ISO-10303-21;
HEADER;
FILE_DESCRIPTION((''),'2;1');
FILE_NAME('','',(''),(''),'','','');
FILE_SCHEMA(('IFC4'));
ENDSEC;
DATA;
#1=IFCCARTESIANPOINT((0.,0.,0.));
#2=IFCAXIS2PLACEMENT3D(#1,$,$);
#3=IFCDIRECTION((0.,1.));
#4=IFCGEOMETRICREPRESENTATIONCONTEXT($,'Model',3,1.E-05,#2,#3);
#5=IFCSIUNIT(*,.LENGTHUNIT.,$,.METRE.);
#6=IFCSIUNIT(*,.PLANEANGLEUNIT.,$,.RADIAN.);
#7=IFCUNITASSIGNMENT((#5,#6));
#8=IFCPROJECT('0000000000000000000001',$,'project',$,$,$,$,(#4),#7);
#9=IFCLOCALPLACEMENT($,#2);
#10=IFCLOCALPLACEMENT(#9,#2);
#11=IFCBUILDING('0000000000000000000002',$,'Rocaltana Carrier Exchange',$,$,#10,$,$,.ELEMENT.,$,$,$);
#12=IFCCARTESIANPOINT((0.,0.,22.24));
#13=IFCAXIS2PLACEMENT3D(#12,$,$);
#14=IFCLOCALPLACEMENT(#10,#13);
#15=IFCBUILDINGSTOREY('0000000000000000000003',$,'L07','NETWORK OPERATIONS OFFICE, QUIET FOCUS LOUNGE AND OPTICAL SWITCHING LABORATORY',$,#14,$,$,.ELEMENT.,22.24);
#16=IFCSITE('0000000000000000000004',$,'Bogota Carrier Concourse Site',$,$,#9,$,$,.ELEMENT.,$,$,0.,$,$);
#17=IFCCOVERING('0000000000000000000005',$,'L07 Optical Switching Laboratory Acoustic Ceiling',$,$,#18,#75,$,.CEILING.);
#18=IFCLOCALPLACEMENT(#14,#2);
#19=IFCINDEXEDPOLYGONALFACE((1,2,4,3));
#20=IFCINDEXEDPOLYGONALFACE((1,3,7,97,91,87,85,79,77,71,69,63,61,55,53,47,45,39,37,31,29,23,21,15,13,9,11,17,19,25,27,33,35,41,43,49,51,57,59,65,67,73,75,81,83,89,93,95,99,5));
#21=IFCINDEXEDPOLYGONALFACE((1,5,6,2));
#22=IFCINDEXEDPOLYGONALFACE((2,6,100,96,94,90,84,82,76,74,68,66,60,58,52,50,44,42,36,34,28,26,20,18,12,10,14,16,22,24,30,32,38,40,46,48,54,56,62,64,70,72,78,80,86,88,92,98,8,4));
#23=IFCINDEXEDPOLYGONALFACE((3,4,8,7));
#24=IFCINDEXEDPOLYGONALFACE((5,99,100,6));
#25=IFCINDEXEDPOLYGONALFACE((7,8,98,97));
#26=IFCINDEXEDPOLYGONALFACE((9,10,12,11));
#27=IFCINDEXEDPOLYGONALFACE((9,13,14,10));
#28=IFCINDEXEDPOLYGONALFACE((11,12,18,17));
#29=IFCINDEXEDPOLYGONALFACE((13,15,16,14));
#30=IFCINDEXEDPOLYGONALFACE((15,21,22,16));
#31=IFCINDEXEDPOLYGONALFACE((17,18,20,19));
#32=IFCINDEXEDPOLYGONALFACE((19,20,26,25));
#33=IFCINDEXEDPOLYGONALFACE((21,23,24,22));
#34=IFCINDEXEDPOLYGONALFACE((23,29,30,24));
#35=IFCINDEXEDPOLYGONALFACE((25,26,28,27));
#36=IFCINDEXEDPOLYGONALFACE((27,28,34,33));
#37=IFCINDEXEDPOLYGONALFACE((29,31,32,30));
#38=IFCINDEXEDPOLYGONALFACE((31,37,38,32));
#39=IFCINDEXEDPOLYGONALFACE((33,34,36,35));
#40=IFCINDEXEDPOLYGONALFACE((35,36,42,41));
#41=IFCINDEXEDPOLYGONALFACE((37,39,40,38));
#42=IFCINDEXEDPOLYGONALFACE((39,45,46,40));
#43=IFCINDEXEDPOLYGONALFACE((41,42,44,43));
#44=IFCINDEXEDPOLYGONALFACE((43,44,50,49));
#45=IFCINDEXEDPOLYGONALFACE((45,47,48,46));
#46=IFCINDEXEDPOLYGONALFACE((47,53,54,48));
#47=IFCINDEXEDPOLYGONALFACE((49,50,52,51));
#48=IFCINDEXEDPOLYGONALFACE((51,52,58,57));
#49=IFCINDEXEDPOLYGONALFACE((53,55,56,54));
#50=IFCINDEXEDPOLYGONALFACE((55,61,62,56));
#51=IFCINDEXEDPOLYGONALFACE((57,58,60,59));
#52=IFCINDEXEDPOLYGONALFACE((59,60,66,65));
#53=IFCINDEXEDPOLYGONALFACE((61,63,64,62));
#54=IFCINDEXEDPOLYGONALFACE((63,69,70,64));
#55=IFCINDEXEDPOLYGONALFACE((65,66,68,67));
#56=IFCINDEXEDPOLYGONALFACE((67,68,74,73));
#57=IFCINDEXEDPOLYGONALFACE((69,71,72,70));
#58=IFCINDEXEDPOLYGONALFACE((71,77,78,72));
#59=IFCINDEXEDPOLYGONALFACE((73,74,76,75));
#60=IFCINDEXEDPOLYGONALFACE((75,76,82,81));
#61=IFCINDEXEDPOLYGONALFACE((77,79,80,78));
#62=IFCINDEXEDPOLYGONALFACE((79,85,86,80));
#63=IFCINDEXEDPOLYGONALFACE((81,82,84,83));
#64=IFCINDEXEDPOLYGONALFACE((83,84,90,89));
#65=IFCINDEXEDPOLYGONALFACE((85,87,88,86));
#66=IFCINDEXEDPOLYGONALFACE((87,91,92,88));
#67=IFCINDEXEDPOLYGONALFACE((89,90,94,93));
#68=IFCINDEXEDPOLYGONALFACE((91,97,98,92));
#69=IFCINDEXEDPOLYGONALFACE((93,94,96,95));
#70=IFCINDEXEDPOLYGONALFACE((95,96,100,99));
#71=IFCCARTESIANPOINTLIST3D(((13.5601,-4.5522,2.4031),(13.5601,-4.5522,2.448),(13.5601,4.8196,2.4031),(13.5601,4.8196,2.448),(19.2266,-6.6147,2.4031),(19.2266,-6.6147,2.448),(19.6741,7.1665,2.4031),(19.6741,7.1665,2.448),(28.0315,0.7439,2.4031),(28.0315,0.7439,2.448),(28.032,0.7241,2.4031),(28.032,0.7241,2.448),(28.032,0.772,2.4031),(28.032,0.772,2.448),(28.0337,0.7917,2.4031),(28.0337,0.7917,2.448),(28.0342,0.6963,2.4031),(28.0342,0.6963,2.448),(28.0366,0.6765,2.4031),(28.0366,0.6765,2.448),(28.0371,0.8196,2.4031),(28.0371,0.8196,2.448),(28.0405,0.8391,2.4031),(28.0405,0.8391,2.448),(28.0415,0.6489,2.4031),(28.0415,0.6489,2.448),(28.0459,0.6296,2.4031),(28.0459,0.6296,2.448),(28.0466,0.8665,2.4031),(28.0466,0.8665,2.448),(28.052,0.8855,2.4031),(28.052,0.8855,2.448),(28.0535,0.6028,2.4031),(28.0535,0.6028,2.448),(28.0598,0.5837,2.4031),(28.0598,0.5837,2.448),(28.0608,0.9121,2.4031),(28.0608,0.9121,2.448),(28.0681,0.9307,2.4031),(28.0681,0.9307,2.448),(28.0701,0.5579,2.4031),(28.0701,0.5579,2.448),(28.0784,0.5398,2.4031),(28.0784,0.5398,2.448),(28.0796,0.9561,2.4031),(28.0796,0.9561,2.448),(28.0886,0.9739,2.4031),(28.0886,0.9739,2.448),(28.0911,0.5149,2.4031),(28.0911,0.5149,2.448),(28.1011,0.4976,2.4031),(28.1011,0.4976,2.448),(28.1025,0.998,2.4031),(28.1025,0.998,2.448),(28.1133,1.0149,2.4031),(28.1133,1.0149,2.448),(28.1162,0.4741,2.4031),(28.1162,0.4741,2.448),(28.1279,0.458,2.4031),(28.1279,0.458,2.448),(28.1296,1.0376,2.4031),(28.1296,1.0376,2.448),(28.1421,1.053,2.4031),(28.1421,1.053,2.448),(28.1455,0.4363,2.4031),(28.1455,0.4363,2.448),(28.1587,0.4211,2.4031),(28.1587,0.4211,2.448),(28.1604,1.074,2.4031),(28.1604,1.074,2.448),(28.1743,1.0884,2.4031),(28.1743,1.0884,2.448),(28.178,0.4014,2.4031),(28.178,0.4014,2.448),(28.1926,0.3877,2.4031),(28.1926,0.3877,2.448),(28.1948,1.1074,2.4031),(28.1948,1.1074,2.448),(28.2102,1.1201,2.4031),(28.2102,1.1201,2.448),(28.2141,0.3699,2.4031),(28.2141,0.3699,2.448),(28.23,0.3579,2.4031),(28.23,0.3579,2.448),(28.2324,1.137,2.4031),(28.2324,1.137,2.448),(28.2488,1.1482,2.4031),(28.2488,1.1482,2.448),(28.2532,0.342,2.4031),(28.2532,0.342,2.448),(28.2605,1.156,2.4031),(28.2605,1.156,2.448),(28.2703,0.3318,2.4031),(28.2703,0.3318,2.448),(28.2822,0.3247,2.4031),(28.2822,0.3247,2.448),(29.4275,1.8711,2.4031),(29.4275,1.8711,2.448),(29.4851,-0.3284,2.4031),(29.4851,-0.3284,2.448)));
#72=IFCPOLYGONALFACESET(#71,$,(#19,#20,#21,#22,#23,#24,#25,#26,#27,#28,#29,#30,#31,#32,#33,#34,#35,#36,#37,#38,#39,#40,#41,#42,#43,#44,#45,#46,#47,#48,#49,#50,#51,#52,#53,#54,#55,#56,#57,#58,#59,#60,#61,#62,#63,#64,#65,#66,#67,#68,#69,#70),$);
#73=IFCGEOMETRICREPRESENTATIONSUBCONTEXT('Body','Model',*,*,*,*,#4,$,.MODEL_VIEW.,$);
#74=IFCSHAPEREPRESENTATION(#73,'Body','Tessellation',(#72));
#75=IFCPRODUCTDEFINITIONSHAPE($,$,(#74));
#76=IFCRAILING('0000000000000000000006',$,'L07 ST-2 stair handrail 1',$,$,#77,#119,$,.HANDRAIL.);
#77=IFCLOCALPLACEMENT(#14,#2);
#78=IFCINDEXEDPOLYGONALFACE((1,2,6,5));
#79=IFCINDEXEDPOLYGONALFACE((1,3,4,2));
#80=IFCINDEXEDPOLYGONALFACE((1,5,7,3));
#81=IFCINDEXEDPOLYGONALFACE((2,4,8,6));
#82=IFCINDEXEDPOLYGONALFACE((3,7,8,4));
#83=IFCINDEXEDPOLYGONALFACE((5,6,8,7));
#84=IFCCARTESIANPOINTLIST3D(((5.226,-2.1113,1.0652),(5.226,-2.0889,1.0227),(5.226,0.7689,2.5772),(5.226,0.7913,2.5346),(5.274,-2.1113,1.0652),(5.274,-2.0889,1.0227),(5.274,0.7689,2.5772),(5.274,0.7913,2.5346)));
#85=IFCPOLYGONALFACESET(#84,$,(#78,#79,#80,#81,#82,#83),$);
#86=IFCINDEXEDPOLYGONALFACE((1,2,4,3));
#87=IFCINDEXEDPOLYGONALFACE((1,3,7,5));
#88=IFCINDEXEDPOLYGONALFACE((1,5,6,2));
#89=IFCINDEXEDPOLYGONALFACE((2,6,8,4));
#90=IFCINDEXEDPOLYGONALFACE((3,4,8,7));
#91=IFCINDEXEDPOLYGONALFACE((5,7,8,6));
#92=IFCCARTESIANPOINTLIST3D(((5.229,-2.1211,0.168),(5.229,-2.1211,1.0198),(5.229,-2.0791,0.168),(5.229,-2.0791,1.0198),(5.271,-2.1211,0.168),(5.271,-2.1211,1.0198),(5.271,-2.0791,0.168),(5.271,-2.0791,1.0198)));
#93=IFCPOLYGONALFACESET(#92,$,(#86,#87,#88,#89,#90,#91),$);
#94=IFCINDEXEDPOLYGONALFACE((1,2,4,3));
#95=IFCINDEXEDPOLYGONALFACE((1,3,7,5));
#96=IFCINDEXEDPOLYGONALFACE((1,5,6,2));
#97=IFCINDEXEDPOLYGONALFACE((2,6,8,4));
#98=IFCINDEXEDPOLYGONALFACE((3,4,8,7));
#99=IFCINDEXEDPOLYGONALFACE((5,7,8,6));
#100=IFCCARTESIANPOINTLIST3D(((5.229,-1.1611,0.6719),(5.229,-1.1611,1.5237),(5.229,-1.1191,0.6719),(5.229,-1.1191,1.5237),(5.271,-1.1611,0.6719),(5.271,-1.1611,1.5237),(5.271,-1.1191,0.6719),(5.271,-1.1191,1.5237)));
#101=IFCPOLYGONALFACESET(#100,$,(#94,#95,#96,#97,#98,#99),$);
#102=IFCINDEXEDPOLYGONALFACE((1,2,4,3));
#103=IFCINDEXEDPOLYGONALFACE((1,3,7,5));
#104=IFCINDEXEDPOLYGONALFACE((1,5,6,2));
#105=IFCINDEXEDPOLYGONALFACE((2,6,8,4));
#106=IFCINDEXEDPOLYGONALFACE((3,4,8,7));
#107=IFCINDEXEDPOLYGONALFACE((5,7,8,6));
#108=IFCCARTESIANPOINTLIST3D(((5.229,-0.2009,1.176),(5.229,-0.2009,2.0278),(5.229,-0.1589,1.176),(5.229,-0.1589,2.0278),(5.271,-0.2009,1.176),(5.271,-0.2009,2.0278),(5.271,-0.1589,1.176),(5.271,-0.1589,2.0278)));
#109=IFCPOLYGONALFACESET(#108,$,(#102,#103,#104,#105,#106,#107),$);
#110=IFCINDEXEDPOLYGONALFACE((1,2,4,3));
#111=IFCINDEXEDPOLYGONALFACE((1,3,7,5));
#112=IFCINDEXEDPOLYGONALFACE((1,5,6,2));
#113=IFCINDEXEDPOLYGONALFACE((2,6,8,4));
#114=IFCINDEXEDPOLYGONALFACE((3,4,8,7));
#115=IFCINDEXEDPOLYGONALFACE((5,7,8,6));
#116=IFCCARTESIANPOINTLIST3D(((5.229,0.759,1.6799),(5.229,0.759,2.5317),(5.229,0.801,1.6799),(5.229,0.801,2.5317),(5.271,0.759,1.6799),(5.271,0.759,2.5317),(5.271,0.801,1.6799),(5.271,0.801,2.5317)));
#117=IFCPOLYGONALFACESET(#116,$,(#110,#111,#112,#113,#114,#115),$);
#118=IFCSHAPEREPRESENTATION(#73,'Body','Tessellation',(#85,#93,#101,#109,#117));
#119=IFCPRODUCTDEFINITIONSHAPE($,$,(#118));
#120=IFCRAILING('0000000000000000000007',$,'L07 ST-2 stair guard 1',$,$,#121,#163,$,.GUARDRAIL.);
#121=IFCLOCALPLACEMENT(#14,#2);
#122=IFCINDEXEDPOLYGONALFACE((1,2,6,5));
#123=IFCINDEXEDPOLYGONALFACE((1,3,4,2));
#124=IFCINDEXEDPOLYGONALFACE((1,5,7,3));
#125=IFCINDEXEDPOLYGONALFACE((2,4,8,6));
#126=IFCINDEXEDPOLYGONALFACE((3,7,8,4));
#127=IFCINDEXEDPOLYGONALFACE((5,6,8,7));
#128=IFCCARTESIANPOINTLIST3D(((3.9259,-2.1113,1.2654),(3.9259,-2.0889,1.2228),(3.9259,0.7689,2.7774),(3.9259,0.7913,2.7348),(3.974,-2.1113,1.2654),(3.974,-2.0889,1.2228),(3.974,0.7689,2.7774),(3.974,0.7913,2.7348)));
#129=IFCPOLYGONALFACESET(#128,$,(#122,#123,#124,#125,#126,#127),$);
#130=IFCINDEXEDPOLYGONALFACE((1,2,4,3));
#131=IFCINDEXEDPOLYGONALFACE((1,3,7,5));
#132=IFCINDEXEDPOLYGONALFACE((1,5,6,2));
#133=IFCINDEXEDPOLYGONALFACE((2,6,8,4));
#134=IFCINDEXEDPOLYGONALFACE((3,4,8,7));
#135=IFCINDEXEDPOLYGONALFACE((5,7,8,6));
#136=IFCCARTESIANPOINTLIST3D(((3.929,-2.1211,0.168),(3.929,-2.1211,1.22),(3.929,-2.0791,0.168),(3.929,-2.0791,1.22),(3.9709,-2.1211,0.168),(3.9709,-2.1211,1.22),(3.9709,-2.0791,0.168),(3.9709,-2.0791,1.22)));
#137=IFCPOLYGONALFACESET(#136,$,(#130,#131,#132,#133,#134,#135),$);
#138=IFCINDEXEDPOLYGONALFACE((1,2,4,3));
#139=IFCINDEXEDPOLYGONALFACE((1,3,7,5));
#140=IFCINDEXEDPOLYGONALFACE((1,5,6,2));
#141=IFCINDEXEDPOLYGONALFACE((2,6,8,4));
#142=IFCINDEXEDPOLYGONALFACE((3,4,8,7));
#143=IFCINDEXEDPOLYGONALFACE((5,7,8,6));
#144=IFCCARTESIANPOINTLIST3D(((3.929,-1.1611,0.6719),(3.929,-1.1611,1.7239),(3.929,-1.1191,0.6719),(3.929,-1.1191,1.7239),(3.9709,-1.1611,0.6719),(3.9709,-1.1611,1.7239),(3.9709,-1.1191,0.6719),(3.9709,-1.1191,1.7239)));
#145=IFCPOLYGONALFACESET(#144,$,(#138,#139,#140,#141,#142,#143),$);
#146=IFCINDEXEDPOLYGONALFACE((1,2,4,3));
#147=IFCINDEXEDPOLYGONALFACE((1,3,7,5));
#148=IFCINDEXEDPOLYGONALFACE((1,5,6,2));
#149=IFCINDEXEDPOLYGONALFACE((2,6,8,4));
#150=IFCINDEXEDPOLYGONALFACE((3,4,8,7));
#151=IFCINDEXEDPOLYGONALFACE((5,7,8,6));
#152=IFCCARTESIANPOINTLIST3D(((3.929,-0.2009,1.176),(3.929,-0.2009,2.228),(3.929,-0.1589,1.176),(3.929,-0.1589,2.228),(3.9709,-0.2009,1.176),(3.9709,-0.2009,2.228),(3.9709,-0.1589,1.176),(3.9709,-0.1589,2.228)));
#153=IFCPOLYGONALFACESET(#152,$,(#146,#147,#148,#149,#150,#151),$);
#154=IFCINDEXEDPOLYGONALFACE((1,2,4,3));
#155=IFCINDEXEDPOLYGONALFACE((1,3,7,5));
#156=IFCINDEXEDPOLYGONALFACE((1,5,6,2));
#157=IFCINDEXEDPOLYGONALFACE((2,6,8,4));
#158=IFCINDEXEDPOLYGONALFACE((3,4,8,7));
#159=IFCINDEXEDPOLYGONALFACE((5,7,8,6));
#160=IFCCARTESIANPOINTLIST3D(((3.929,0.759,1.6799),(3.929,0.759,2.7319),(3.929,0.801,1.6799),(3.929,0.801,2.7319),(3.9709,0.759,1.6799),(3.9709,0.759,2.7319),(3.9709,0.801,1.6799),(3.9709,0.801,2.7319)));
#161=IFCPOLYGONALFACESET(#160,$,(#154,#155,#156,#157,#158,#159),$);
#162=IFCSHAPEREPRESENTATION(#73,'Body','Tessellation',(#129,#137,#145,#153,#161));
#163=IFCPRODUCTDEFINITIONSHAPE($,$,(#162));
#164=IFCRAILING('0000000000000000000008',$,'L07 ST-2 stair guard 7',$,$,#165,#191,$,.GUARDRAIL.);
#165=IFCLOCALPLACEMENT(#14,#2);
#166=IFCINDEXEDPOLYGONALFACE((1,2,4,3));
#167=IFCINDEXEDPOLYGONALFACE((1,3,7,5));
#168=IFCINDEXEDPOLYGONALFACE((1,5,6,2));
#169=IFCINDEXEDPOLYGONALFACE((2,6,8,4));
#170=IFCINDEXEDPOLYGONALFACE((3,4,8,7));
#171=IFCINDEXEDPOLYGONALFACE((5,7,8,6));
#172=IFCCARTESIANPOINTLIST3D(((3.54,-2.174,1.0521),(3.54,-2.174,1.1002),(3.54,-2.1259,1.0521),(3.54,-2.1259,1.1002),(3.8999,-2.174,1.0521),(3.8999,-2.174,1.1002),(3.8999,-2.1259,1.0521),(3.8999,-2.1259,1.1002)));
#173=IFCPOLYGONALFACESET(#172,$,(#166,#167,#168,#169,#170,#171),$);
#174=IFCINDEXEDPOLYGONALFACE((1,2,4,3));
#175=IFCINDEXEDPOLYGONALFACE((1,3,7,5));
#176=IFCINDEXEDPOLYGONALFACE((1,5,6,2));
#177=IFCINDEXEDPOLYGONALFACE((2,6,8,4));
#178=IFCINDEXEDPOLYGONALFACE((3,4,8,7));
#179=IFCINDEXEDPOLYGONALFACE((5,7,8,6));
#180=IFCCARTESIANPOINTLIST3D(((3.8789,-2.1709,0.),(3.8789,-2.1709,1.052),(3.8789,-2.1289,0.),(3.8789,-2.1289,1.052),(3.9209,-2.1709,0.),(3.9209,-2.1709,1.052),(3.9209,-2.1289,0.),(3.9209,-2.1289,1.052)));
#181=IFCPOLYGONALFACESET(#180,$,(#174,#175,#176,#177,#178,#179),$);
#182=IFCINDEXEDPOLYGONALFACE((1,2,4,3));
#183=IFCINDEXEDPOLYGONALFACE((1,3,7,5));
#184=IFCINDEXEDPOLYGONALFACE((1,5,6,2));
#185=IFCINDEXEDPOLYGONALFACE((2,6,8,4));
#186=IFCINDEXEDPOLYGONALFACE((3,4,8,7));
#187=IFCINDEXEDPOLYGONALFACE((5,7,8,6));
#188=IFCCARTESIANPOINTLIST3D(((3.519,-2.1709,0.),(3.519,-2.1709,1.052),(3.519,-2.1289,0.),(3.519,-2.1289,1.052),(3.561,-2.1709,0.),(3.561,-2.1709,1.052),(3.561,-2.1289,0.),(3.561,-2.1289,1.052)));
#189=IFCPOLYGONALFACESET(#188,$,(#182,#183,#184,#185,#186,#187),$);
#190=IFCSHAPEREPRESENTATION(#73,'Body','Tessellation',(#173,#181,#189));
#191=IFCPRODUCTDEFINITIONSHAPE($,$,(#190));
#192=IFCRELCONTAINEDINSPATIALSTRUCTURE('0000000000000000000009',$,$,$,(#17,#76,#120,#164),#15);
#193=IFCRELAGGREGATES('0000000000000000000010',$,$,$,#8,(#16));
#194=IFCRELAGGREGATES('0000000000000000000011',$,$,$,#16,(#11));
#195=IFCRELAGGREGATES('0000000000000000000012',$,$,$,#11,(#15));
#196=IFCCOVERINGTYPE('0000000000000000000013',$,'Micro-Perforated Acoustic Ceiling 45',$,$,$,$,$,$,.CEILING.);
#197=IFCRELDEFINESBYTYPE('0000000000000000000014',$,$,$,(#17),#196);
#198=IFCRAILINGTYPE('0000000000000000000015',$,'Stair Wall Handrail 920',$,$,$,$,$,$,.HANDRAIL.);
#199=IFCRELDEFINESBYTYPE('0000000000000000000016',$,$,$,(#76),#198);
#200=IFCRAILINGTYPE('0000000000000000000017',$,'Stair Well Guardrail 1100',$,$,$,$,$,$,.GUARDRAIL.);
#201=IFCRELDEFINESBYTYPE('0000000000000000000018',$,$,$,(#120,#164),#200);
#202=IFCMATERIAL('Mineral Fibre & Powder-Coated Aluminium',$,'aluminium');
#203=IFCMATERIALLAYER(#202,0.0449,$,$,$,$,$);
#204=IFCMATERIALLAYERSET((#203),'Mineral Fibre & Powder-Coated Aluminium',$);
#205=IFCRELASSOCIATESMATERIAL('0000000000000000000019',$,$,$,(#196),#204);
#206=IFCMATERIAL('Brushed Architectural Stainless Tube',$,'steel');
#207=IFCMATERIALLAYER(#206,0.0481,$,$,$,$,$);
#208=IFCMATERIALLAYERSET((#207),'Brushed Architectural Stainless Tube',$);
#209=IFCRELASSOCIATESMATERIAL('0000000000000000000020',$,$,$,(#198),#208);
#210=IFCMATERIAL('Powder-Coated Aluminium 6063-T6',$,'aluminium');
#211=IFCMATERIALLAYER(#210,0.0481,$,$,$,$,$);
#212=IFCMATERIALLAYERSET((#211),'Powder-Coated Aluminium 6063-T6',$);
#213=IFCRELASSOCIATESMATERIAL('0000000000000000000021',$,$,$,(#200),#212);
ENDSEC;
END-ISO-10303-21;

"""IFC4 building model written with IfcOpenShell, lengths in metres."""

from ifc_helpers import new_model, si_unit, direction, frame, origin, origin_2d, place, context, subcontext, project, spatial, polyline, rectangle, outline, extrude, material, layer, layer_set, type_object, element, save


model = new_model("IFC4")

# Units and contexts
model_context = context("Model", 3, precision=1e-05, world=origin(), true_north=direction((0.0, 1.0)))
body_context = subcontext(model_context, "Body", "Model", "MODEL_VIEW")
ifc_project = project(units=[si_unit("LENGTHUNIT", "METRE"), si_unit("PLANEANGLEUNIT", "RADIAN")], contexts=[model_context])

# Site, building, storey
site_placement = place(None, origin())
site = spatial("IfcSite", under=ifc_project, at=site_placement, Name="Bogota Carrier Concourse Site", CompositionType="ELEMENT", RefElevation=0.0)
building_placement = place(site_placement, origin())
building = spatial("IfcBuilding", under=site, at=building_placement, Name="Rocaltana Carrier Exchange", CompositionType="ELEMENT")
storey_placement = place(building_placement, frame((0.0, 0.0, 22.24)))
storey = spatial("IfcBuildingStorey", under=building, at=storey_placement, Name="L07", Description="NETWORK OPERATIONS OFFICE, QUIET FOCUS LOUNGE AND OPTICAL SWITCHING LABORATORY", CompositionType="ELEMENT", Elevation=22.24)

# Covering
ifc_material_1 = material(Name="Mineral Fibre & Powder-Coated Aluminium", Category="aluminium")
ifc_layer_1 = layer(ifc_material_1, 0.0449)
ifc_layer_set_1 = layer_set([ifc_layer_1], Name="Mineral Fibre & Powder-Coated Aluminium")
covering_type_1 = type_object("IfcCoveringType", Name="Micro-Perforated Acoustic Ceiling 45", PredefinedType="CEILING", material=ifc_layer_set_1)
covering_1_placement = place(storey_placement, frame((0.0, 0.0, 2.4031)))
element("IfcCovering", 1, at=covering_1_placement, inside=storey, type_object=covering_type_1, Name="L07 Optical Switching Laboratory Acoustic Ceiling", PredefinedType="CEILING", context=body_context, shape_type="SweptSolid", body=[
    extrude(outline(polyline([(29.4275, 1.8711), (28.2605, 1.156), (28.2488, 1.1482), (28.2324, 1.137), (28.2102, 1.1201), (28.1948, 1.1074), (28.1743, 1.0884), (28.1604, 1.074), (28.1421, 1.053), (28.1296, 1.0376), (28.1133, 1.0149), (28.1025, 0.998), (28.0886, 0.9739), (28.0796, 0.9561), (28.0681, 0.9307), (28.0608, 0.9121), (28.052, 0.8855), (28.0466, 0.8665), (28.0405, 0.8391), (28.0371, 0.8196), (28.0337, 0.7917), (28.032, 0.772), (28.0315, 0.7439), (28.032, 0.7241), (28.0342, 0.6963), (28.0366, 0.6765), (28.0415, 0.6489), (28.0459, 0.6296), (28.0535, 0.6028), (28.0598, 0.5837), (28.0701, 0.5579), (28.0784, 0.5398), (28.0911, 0.5149), (28.1011, 0.4976), (28.1162, 0.4741), (28.1279, 0.458), (28.1455, 0.4363), (28.1587, 0.4211), (28.178, 0.4014), (28.1926, 0.3877), (28.2141, 0.3699), (28.23, 0.3579), (28.2532, 0.342), (28.2703, 0.3318), (28.2822, 0.3247), (29.4851, -0.3284), (19.2266, -6.6147), (13.5601, -4.5522), (13.5601, 4.8196), (19.6741, 7.1665), (29.4275, 1.8711)])), origin(), (0.0, 0.0, 1.0), 0.0449),
])

# Railings
ifc_material_2 = material(Name="Brushed Architectural Stainless Tube", Category="steel")
ifc_layer_2 = layer(ifc_material_2, 0.0481)
ifc_layer_set_2 = layer_set([ifc_layer_2], Name="Brushed Architectural Stainless Tube")
railing_type_1 = type_object("IfcRailingType", Name="Stair Wall Handrail 920", PredefinedType="HANDRAIL", material=ifc_layer_set_2)
railing_1_placement = place(storey_placement, frame((5.25, -2.1001, 0.168)))
element("IfcRailing", 2, at=railing_1_placement, inside=storey, type_object=railing_type_1, Name="L07 ST-2 stair handrail 1", PredefinedType="HANDRAIL", context=body_context, shape_type="SweptSolid", body=[
    extrude(rectangle(XDim=0.0481, YDim=0.0481, at=origin_2d()), frame((0.0, 0.0, 0.876), z_axis=(0.0, 0.885411, 0.464809), x_axis=(-1.0, 0.0, 0.0)), (0.0, 0.0, 1.0), 3.2529),
    extrude(rectangle(XDim=0.042, YDim=0.042, at=origin_2d()), origin(), (0.0, 0.0, 1.0), 0.8518),
    extrude(rectangle(XDim=0.042, YDim=0.042, at=origin_2d()), frame((0.0, 0.96, 0.5039)), (0.0, 0.0, 1.0), 0.8518),
    extrude(rectangle(XDim=0.042, YDim=0.042, at=origin_2d()), frame((0.0, 1.9202, 1.0081)), (0.0, 0.0, 1.0), 0.8518),
    extrude(rectangle(XDim=0.042, YDim=0.042, at=origin_2d()), frame((0.0, 2.8801, 1.512)), (0.0, 0.0, 1.0), 0.8518),
])
ifc_material_3 = material(Name="Powder-Coated Aluminium 6063-T6", Category="aluminium")
ifc_layer_3 = layer(ifc_material_3, 0.0481)
ifc_layer_set_3 = layer_set([ifc_layer_3], Name="Powder-Coated Aluminium 6063-T6")
railing_type_2 = type_object("IfcRailingType", Name="Stair Well Guardrail 1100", PredefinedType="GUARDRAIL", material=ifc_layer_set_3)
railing_2_placement = place(storey_placement, frame((3.95, -2.1001, 0.168)))
element("IfcRailing", 3, at=railing_2_placement, inside=storey, type_object=railing_type_2, Name="L07 ST-2 stair guard 1", PredefinedType="GUARDRAIL", context=body_context, shape_type="SweptSolid", body=[
    extrude(rectangle(XDim=0.0481, YDim=0.0481, at=origin_2d()), frame((0.0, 0.0, 1.0762), z_axis=(0.0, 0.885411, 0.464809), x_axis=(-1.0, 0.0, 0.0)), (0.0, 0.0, 1.0), 3.2529),
    extrude(rectangle(XDim=0.042, YDim=0.042, at=origin_2d()), origin(), (0.0, 0.0, 1.0), 1.052),
    extrude(rectangle(XDim=0.042, YDim=0.042, at=origin_2d()), frame((0.0, 0.96, 0.5039)), (0.0, 0.0, 1.0), 1.052),
    extrude(rectangle(XDim=0.042, YDim=0.042, at=origin_2d()), frame((0.0, 1.9202, 1.0081)), (0.0, 0.0, 1.0), 1.052),
    extrude(rectangle(XDim=0.042, YDim=0.042, at=origin_2d()), frame((0.0, 2.8801, 1.512)), (0.0, 0.0, 1.0), 1.052),
])
railing_3_placement = place(storey_placement, frame((3.8999, -2.1499, 0.0)))
element("IfcRailing", 4, at=railing_3_placement, inside=storey, type_object=railing_type_2, Name="L07 ST-2 stair guard 7", PredefinedType="GUARDRAIL", context=body_context, shape_type="SweptSolid", body=[
    extrude(rectangle(XDim=0.0481, YDim=0.0481, at=origin_2d()), frame((0.0, 0.0, 1.0762), z_axis=(-1.0, 0.0, 0.0), x_axis=(0.0, -1.0, 0.0)), (0.0, 0.0, 1.0), 0.3599),
    extrude(rectangle(XDim=0.042, YDim=0.042, at=origin_2d()), origin(), (0.0, 0.0, 1.0), 1.052),
    extrude(rectangle(XDim=0.042, YDim=0.042, at=origin_2d()), frame((-0.3599, 0.0, 0.0)), (0.0, 0.0, 1.0), 1.052),
])

save(model, "model.ifc")
